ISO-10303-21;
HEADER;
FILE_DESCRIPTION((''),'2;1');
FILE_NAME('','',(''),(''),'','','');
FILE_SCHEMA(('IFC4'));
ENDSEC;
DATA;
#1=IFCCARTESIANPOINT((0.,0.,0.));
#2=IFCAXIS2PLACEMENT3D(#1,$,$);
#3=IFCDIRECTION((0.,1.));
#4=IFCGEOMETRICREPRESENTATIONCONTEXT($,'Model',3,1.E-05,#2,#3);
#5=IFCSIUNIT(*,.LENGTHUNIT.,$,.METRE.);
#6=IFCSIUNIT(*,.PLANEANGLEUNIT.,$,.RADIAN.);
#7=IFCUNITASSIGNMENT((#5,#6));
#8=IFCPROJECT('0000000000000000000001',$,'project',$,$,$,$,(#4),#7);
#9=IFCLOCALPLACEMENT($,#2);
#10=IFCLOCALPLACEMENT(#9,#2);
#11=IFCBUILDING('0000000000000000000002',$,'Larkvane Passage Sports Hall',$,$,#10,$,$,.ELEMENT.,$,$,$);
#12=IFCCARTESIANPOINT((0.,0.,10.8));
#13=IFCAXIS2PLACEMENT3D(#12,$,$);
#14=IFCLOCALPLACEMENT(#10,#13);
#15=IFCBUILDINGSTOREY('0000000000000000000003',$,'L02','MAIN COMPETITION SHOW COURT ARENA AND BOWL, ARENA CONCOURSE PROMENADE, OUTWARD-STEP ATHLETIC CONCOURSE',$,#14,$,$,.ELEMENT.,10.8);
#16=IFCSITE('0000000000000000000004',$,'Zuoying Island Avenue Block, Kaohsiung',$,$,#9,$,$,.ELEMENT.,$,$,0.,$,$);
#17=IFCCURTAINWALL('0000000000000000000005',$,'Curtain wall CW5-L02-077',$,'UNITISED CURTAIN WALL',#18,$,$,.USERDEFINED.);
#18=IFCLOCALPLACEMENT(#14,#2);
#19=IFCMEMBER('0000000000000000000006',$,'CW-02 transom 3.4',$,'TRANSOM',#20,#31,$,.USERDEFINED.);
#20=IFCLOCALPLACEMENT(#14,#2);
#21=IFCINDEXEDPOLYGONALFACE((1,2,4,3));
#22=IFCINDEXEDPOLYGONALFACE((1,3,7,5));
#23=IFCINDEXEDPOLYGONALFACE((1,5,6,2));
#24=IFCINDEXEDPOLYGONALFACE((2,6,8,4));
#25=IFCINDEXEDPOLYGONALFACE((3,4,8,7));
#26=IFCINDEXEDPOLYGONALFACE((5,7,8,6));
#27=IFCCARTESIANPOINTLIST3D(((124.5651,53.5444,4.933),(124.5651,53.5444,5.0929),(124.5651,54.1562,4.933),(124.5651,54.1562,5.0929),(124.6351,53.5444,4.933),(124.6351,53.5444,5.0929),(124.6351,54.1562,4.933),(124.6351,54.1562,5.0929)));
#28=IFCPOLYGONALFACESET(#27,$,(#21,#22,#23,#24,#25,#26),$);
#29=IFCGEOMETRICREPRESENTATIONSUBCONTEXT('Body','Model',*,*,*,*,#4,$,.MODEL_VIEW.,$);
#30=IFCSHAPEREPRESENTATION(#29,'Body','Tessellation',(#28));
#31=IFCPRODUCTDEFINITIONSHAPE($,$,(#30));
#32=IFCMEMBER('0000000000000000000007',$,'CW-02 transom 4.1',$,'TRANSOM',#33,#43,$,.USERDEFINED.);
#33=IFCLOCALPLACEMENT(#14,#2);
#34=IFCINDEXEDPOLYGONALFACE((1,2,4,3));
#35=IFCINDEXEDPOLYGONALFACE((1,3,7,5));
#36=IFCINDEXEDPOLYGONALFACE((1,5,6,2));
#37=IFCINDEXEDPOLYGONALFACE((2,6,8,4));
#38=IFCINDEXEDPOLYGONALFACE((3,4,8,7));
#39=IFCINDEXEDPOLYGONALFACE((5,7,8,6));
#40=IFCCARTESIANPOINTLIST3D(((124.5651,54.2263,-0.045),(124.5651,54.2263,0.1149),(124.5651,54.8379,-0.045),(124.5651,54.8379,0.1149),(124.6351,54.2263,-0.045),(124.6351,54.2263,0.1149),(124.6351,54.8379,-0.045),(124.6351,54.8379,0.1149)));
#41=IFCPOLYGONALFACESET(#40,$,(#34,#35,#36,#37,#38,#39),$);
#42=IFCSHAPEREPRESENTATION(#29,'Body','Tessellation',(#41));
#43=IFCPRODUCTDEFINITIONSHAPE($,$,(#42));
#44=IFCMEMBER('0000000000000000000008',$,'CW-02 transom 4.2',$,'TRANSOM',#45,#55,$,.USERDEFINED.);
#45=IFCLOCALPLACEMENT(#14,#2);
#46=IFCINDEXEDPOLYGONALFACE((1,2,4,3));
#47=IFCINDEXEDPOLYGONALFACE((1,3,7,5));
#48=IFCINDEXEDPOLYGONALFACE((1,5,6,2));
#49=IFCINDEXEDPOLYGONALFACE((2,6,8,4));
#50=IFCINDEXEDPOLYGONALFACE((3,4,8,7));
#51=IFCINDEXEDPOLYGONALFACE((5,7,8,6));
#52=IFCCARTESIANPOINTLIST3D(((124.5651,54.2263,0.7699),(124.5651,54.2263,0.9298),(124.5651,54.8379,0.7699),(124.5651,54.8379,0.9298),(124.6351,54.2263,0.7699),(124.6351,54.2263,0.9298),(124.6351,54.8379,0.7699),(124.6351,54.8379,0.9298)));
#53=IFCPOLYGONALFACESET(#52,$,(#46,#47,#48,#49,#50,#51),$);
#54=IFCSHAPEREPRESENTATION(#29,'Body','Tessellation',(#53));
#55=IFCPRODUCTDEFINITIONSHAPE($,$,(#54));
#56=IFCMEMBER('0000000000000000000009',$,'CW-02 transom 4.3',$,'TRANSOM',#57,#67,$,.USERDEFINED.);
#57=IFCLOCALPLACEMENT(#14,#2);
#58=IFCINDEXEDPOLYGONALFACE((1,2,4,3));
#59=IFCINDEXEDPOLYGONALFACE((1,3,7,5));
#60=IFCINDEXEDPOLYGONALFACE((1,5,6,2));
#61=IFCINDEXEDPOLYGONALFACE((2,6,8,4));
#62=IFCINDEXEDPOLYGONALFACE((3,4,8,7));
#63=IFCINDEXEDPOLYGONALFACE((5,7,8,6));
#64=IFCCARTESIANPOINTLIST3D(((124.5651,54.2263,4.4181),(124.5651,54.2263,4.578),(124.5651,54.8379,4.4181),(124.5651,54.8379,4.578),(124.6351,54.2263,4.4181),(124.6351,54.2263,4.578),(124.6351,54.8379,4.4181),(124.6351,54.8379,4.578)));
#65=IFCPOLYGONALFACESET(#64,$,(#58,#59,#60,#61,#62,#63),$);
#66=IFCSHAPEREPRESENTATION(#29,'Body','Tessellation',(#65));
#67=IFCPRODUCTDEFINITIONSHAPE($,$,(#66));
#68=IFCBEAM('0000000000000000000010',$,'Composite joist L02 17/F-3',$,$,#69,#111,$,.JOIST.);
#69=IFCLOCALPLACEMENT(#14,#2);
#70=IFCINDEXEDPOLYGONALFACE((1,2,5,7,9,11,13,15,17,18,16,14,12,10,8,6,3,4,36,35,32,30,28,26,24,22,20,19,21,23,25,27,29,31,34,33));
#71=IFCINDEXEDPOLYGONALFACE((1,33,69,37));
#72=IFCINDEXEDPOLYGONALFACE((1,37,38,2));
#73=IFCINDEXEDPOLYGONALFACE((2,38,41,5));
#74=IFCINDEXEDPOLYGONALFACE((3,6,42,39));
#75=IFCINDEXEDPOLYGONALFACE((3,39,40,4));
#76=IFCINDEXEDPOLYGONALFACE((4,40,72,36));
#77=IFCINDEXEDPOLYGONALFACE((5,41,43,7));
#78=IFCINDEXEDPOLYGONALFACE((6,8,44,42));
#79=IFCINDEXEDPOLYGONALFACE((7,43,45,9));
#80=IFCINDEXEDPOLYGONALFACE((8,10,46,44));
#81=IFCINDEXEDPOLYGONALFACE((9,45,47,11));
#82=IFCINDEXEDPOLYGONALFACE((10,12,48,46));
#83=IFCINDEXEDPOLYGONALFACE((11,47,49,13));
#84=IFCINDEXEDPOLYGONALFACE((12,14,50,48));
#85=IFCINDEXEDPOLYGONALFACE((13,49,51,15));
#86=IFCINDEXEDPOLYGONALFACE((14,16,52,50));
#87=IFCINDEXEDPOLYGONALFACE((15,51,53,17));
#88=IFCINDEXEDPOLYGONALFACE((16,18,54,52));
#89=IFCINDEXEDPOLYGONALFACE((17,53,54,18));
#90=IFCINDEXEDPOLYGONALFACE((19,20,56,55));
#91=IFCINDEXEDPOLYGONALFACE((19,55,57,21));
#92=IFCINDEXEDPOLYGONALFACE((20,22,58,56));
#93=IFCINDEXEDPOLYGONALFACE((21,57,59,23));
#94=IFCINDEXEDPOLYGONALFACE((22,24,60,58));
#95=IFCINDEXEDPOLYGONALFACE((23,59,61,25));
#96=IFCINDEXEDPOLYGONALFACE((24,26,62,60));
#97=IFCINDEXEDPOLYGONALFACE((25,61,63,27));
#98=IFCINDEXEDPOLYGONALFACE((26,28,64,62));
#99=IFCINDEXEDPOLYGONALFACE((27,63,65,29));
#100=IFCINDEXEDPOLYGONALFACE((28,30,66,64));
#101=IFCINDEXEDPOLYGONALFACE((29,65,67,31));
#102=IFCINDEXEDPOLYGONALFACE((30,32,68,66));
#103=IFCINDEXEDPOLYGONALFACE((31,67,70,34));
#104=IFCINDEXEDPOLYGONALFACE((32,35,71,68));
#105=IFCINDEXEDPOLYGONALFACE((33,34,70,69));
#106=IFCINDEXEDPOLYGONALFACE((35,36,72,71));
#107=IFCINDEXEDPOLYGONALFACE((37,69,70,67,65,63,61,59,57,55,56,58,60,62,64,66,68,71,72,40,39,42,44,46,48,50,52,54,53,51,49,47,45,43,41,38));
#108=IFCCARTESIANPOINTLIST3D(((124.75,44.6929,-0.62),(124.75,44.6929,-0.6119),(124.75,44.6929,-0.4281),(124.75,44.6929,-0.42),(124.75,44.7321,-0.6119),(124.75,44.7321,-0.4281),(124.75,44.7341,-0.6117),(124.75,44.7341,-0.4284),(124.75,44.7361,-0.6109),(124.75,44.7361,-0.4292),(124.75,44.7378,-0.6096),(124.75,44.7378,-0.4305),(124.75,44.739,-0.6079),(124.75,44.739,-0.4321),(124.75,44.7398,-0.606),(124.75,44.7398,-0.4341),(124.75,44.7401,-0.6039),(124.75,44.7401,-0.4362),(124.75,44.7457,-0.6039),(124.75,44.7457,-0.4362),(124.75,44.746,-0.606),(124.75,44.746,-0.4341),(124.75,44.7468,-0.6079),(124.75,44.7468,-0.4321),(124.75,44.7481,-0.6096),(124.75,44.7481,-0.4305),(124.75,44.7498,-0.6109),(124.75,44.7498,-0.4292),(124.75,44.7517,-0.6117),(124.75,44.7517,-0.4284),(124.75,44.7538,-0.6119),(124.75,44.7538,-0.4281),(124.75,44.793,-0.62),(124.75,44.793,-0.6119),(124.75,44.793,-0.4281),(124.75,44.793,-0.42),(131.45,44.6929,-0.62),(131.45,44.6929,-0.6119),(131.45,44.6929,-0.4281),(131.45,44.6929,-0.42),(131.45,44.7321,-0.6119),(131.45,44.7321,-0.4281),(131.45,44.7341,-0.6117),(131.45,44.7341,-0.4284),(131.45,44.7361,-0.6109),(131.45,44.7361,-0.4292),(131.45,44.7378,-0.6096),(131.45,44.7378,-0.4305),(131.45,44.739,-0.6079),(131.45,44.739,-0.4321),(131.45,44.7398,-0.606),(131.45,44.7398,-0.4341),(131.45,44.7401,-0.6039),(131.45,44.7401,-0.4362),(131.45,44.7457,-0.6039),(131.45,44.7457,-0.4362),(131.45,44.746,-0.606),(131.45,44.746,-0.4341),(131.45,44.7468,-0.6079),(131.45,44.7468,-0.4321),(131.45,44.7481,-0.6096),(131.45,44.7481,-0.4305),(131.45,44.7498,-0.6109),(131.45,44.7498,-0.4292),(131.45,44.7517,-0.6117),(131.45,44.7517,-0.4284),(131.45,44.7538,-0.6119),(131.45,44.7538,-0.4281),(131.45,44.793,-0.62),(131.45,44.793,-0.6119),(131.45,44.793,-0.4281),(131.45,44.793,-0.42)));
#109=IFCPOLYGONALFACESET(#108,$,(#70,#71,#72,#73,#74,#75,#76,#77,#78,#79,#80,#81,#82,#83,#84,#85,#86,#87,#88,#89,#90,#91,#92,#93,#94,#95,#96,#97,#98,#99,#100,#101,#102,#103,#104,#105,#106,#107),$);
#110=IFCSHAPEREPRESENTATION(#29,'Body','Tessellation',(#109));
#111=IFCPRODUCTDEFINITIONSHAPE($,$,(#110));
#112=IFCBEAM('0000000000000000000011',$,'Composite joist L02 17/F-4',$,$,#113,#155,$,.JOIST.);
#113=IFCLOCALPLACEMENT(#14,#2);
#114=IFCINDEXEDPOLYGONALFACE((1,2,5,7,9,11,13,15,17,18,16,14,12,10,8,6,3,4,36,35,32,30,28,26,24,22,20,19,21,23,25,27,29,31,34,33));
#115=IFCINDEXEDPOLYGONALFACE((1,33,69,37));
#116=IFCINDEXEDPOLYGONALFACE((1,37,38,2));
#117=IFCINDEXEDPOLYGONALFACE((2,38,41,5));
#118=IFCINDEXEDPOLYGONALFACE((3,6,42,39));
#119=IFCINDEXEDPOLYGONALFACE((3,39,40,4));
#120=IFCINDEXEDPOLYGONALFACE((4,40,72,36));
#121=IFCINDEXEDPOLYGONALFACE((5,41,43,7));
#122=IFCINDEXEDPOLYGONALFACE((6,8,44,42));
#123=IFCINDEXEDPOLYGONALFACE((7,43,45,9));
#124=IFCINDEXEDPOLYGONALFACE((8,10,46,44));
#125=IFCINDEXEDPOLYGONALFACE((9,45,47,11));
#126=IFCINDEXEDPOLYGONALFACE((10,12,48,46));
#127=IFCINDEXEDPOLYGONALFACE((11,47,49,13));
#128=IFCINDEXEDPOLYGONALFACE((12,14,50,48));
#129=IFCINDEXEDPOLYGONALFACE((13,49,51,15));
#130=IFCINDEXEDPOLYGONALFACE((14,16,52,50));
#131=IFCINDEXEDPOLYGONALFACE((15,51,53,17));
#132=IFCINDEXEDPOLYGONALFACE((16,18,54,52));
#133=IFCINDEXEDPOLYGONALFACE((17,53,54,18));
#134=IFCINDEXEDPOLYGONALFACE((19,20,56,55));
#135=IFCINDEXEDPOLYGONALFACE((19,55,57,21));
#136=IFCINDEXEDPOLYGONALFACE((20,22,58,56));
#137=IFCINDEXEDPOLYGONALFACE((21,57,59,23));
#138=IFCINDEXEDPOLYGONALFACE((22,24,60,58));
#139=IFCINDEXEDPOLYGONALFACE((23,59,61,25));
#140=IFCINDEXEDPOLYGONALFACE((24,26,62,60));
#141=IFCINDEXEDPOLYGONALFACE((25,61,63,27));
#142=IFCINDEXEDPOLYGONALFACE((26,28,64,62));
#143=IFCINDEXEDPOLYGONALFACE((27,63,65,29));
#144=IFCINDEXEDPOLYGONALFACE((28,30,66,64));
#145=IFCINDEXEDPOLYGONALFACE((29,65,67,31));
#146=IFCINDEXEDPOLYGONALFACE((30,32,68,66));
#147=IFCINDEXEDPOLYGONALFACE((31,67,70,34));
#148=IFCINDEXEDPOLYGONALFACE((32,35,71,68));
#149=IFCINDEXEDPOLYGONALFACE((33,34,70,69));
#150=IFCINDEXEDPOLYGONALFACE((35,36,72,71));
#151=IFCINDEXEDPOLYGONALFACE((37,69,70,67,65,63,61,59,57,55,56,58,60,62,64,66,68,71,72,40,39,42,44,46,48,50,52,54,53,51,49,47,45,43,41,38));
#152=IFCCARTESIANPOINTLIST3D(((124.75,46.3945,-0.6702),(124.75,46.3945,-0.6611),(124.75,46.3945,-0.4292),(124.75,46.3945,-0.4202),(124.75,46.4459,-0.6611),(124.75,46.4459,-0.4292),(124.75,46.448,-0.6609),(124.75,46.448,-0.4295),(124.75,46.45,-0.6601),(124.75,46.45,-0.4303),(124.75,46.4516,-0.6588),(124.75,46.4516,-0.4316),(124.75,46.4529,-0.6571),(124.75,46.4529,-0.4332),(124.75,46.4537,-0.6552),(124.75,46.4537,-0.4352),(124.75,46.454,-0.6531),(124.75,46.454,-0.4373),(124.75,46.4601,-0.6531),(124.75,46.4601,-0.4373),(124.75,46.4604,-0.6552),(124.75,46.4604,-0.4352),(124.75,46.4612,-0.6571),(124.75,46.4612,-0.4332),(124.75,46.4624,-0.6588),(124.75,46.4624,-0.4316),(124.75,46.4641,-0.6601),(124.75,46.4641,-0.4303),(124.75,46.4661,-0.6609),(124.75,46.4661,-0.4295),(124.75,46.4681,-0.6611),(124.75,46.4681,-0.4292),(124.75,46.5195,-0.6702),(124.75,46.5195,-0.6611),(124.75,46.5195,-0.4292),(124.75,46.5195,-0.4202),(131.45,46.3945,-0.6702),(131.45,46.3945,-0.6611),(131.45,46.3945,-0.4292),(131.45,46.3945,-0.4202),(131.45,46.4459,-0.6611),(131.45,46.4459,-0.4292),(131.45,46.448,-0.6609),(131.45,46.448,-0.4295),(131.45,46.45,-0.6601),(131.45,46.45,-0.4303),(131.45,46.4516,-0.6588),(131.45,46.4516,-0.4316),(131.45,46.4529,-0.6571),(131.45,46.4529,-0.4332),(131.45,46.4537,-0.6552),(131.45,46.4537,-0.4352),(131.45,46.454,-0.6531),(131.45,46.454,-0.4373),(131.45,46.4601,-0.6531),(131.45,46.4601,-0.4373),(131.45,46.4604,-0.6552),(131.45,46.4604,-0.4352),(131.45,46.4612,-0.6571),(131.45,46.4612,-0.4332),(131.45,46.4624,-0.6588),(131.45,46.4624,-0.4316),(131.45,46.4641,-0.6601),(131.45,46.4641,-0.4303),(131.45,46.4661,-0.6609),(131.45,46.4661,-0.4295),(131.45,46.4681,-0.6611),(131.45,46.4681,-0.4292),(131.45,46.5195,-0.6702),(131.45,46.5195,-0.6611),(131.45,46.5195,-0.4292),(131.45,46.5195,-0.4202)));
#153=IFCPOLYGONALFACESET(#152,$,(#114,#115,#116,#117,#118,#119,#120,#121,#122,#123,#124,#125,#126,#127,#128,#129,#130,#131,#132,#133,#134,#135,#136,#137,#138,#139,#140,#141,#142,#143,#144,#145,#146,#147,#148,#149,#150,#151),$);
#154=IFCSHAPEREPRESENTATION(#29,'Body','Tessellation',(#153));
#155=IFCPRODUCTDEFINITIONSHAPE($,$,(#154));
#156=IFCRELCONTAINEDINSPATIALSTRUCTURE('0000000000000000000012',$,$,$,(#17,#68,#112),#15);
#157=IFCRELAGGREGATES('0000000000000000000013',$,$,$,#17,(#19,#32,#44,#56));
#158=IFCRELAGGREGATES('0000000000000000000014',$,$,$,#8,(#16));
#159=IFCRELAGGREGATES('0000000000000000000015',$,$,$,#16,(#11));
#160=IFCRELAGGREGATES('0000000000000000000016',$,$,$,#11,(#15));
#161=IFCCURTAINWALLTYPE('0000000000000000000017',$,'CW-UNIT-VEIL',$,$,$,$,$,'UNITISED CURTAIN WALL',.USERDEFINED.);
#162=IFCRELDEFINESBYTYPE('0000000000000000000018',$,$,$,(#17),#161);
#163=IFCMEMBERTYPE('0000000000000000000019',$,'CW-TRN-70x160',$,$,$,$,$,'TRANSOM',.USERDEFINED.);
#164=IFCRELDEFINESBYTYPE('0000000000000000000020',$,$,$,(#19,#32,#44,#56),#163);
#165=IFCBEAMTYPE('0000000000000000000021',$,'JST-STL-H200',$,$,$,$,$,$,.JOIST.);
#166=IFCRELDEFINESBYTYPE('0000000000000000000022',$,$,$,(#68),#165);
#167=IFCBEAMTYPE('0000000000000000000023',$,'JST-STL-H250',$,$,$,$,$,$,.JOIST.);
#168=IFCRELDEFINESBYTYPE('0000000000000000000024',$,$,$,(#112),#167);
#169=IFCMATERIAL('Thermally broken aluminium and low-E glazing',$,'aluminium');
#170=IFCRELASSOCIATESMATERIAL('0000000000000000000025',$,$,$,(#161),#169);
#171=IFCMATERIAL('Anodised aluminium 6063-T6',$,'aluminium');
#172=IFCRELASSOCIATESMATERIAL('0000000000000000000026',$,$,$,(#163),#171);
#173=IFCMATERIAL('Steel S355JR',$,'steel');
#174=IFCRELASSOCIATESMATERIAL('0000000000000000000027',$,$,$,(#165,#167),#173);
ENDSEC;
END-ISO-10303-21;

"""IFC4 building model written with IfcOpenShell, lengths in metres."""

from ifc_helpers import new_model, si_unit, direction, frame, origin, origin_2d, place, context, subcontext, project, spatial, rectangle, i_section, extrude, material, material_profile, profile_set, type_object, element, aggregate, save


model = new_model("IFC4")

# Units and contexts
model_context = context("Model", 3, precision=1e-05, world=origin(), true_north=direction((0.0, 1.0)))
body_context = subcontext(model_context, "Body", "Model", "MODEL_VIEW")
ifc_project = project(units=[si_unit("LENGTHUNIT", "METRE"), si_unit("PLANEANGLEUNIT", "RADIAN")], contexts=[model_context])

# Site, building, storey
site_placement = place(None, origin())
site = spatial("IfcSite", under=ifc_project, at=site_placement, Name="Zuoying Island Avenue Block, Kaohsiung", CompositionType="ELEMENT", RefElevation=0.0)
building_placement = place(site_placement, origin())
building = spatial("IfcBuilding", under=site, at=building_placement, Name="Larkvane Passage Sports Hall", CompositionType="ELEMENT")
storey_placement = place(building_placement, frame((0.0, 0.0, 10.8)))
storey = spatial("IfcBuildingStorey", under=building, at=storey_placement, Name="L02", Description="MAIN COMPETITION SHOW COURT ARENA AND BOWL, ARENA CONCOURSE PROMENADE, OUTWARD-STEP ATHLETIC CONCOURSE", CompositionType="ELEMENT", Elevation=10.8)

# Shared definitions
ifc_material_1 = material(Name="Steel S355JR", Category="steel")

# Curtain wall, members
ifc_material_2 = material(Name="Thermally broken aluminium and low-E glazing", Category="aluminium")
curtain_wall_type = type_object("IfcCurtainWallType", Name="CW-UNIT-VEIL", ElementType="UNITISED CURTAIN WALL", PredefinedType="USERDEFINED", material=ifc_material_2)
curtain_wall_placement = place(storey_placement, origin())
curtain_wall = element("IfcCurtainWall", 1, at=curtain_wall_placement, inside=storey, type_object=curtain_wall_type, Name="Curtain wall CW5-L02-077", ObjectType="UNITISED CURTAIN WALL", PredefinedType="USERDEFINED")
ifc_material_3 = material(Name="Anodised aluminium 6063-T6", Category="aluminium")
ifc_material_profile_1 = material_profile(ifc_material_3, rectangle(XDim=0.0701, YDim=0.1599, at=origin_2d()), Name="ALU-TRN-70x160")
ifc_profile_set_1 = profile_set([ifc_material_profile_1], Name="Anodised aluminium 6063-T6")
member_type_1 = type_object("IfcMemberType", Name="CW-TRN-70x160", ElementType="TRANSOM", PredefinedType="USERDEFINED", material=ifc_profile_set_1)
member_1_placement = place(storey_placement, frame((124.6001, 53.5444, 5.0129), z_axis=(0.0, 1.0, 0.0), x_axis=(-1.0, 0.0, 0.0)))
member_1 = element("IfcMember", 2, at=member_1_placement, type_object=member_type_1, Name="CW-02 transom 3.4", ObjectType="TRANSOM", PredefinedType="USERDEFINED", context=body_context, shape_type="SweptSolid", body=[
    extrude(rectangle(XDim=0.0701, YDim=0.1599, at=origin_2d()), origin(), (0.0, 0.0, 1.0), 0.6118),
])
member_2_placement = place(storey_placement, frame((124.6001, 54.2263, 0.0349), z_axis=(0.0, 1.0, 0.0), x_axis=(-1.0, 0.0, 0.0)))
member_2 = element("IfcMember", 3, at=member_2_placement, type_object=member_type_1, Name="CW-02 transom 4.1", ObjectType="TRANSOM", PredefinedType="USERDEFINED", context=body_context, shape_type="SweptSolid", body=[
    extrude(rectangle(XDim=0.0701, YDim=0.1599, at=origin_2d()), origin(), (0.0, 0.0, 1.0), 0.6116),
])
member_3_placement = place(storey_placement, frame((124.6001, 54.2263, 0.8499), z_axis=(0.0, 1.0, 0.0), x_axis=(-1.0, 0.0, 0.0)))
member_3 = element("IfcMember", 4, at=member_3_placement, type_object=member_type_1, Name="CW-02 transom 4.2", ObjectType="TRANSOM", PredefinedType="USERDEFINED", context=body_context, shape_type="SweptSolid", body=[
    extrude(rectangle(XDim=0.0701, YDim=0.1599, at=origin_2d()), origin(), (0.0, 0.0, 1.0), 0.6116),
])
member_4_placement = place(storey_placement, frame((124.6001, 54.2263, 4.498), z_axis=(0.0, 1.0, 0.0), x_axis=(-1.0, 0.0, 0.0)))
member_4 = element("IfcMember", 5, at=member_4_placement, type_object=member_type_1, Name="CW-02 transom 4.3", ObjectType="TRANSOM", PredefinedType="USERDEFINED", context=body_context, shape_type="SweptSolid", body=[
    extrude(rectangle(XDim=0.0701, YDim=0.1599, at=origin_2d()), origin(), (0.0, 0.0, 1.0), 0.6116),
])

# Beams
ifc_material_profile_2 = material_profile(ifc_material_1, i_section(OverallWidth=0.1001, OverallDepth=0.2, WebThickness=0.0056, FlangeThickness=0.0081, FilletRadius=0.0081, at=origin_2d()), Name="H-200x100x5.5x8")
ifc_profile_set_2 = profile_set([ifc_material_profile_2], Name="Steel S355JR")
beam_type_1 = type_object("IfcBeamType", Name="JST-STL-H200", PredefinedType="JOIST", material=ifc_profile_set_2)
beam_1_placement = place(storey_placement, frame((124.75, 44.7429, -0.52), z_axis=(1.0, 0.0, 0.0), x_axis=(0.0, 1.0, 0.0)))
element("IfcBeam", 6, at=beam_1_placement, inside=storey, type_object=beam_type_1, Name="Composite joist L02 17/F-3", PredefinedType="JOIST", context=body_context, shape_type="SweptSolid", body=[
    extrude(i_section(OverallWidth=0.1001, OverallDepth=0.2, WebThickness=0.0056, FlangeThickness=0.0081, FilletRadius=0.0081, at=origin_2d()), origin(), (0.0, 0.0, 1.0), 6.7),
])
ifc_material_profile_3 = material_profile(ifc_material_1, i_section(OverallWidth=0.125, OverallDepth=0.25, WebThickness=0.0061, FlangeThickness=0.009, FilletRadius=0.0081, at=origin_2d()), Name="H-250x125x6x9")
ifc_profile_set_3 = profile_set([ifc_material_profile_3], Name="Steel S355JR")
beam_type_2 = type_object("IfcBeamType", Name="JST-STL-H250", PredefinedType="JOIST", material=ifc_profile_set_3)
beam_2_placement = place(storey_placement, frame((124.75, 46.457, -0.5452), z_axis=(1.0, 0.0, 0.0), x_axis=(0.0, 1.0, 0.0)))
element("IfcBeam", 7, at=beam_2_placement, inside=storey, type_object=beam_type_2, Name="Composite joist L02 17/F-4", PredefinedType="JOIST", context=body_context, shape_type="SweptSolid", body=[
    extrude(i_section(OverallWidth=0.125, OverallDepth=0.25, WebThickness=0.0061, FlangeThickness=0.009, FilletRadius=0.0081, at=origin_2d()), origin(), (0.0, 0.0, 1.0), 6.7),
])

aggregate(curtain_wall, [member_1, member_2, member_3, member_4])

save(model, "model.ifc")
